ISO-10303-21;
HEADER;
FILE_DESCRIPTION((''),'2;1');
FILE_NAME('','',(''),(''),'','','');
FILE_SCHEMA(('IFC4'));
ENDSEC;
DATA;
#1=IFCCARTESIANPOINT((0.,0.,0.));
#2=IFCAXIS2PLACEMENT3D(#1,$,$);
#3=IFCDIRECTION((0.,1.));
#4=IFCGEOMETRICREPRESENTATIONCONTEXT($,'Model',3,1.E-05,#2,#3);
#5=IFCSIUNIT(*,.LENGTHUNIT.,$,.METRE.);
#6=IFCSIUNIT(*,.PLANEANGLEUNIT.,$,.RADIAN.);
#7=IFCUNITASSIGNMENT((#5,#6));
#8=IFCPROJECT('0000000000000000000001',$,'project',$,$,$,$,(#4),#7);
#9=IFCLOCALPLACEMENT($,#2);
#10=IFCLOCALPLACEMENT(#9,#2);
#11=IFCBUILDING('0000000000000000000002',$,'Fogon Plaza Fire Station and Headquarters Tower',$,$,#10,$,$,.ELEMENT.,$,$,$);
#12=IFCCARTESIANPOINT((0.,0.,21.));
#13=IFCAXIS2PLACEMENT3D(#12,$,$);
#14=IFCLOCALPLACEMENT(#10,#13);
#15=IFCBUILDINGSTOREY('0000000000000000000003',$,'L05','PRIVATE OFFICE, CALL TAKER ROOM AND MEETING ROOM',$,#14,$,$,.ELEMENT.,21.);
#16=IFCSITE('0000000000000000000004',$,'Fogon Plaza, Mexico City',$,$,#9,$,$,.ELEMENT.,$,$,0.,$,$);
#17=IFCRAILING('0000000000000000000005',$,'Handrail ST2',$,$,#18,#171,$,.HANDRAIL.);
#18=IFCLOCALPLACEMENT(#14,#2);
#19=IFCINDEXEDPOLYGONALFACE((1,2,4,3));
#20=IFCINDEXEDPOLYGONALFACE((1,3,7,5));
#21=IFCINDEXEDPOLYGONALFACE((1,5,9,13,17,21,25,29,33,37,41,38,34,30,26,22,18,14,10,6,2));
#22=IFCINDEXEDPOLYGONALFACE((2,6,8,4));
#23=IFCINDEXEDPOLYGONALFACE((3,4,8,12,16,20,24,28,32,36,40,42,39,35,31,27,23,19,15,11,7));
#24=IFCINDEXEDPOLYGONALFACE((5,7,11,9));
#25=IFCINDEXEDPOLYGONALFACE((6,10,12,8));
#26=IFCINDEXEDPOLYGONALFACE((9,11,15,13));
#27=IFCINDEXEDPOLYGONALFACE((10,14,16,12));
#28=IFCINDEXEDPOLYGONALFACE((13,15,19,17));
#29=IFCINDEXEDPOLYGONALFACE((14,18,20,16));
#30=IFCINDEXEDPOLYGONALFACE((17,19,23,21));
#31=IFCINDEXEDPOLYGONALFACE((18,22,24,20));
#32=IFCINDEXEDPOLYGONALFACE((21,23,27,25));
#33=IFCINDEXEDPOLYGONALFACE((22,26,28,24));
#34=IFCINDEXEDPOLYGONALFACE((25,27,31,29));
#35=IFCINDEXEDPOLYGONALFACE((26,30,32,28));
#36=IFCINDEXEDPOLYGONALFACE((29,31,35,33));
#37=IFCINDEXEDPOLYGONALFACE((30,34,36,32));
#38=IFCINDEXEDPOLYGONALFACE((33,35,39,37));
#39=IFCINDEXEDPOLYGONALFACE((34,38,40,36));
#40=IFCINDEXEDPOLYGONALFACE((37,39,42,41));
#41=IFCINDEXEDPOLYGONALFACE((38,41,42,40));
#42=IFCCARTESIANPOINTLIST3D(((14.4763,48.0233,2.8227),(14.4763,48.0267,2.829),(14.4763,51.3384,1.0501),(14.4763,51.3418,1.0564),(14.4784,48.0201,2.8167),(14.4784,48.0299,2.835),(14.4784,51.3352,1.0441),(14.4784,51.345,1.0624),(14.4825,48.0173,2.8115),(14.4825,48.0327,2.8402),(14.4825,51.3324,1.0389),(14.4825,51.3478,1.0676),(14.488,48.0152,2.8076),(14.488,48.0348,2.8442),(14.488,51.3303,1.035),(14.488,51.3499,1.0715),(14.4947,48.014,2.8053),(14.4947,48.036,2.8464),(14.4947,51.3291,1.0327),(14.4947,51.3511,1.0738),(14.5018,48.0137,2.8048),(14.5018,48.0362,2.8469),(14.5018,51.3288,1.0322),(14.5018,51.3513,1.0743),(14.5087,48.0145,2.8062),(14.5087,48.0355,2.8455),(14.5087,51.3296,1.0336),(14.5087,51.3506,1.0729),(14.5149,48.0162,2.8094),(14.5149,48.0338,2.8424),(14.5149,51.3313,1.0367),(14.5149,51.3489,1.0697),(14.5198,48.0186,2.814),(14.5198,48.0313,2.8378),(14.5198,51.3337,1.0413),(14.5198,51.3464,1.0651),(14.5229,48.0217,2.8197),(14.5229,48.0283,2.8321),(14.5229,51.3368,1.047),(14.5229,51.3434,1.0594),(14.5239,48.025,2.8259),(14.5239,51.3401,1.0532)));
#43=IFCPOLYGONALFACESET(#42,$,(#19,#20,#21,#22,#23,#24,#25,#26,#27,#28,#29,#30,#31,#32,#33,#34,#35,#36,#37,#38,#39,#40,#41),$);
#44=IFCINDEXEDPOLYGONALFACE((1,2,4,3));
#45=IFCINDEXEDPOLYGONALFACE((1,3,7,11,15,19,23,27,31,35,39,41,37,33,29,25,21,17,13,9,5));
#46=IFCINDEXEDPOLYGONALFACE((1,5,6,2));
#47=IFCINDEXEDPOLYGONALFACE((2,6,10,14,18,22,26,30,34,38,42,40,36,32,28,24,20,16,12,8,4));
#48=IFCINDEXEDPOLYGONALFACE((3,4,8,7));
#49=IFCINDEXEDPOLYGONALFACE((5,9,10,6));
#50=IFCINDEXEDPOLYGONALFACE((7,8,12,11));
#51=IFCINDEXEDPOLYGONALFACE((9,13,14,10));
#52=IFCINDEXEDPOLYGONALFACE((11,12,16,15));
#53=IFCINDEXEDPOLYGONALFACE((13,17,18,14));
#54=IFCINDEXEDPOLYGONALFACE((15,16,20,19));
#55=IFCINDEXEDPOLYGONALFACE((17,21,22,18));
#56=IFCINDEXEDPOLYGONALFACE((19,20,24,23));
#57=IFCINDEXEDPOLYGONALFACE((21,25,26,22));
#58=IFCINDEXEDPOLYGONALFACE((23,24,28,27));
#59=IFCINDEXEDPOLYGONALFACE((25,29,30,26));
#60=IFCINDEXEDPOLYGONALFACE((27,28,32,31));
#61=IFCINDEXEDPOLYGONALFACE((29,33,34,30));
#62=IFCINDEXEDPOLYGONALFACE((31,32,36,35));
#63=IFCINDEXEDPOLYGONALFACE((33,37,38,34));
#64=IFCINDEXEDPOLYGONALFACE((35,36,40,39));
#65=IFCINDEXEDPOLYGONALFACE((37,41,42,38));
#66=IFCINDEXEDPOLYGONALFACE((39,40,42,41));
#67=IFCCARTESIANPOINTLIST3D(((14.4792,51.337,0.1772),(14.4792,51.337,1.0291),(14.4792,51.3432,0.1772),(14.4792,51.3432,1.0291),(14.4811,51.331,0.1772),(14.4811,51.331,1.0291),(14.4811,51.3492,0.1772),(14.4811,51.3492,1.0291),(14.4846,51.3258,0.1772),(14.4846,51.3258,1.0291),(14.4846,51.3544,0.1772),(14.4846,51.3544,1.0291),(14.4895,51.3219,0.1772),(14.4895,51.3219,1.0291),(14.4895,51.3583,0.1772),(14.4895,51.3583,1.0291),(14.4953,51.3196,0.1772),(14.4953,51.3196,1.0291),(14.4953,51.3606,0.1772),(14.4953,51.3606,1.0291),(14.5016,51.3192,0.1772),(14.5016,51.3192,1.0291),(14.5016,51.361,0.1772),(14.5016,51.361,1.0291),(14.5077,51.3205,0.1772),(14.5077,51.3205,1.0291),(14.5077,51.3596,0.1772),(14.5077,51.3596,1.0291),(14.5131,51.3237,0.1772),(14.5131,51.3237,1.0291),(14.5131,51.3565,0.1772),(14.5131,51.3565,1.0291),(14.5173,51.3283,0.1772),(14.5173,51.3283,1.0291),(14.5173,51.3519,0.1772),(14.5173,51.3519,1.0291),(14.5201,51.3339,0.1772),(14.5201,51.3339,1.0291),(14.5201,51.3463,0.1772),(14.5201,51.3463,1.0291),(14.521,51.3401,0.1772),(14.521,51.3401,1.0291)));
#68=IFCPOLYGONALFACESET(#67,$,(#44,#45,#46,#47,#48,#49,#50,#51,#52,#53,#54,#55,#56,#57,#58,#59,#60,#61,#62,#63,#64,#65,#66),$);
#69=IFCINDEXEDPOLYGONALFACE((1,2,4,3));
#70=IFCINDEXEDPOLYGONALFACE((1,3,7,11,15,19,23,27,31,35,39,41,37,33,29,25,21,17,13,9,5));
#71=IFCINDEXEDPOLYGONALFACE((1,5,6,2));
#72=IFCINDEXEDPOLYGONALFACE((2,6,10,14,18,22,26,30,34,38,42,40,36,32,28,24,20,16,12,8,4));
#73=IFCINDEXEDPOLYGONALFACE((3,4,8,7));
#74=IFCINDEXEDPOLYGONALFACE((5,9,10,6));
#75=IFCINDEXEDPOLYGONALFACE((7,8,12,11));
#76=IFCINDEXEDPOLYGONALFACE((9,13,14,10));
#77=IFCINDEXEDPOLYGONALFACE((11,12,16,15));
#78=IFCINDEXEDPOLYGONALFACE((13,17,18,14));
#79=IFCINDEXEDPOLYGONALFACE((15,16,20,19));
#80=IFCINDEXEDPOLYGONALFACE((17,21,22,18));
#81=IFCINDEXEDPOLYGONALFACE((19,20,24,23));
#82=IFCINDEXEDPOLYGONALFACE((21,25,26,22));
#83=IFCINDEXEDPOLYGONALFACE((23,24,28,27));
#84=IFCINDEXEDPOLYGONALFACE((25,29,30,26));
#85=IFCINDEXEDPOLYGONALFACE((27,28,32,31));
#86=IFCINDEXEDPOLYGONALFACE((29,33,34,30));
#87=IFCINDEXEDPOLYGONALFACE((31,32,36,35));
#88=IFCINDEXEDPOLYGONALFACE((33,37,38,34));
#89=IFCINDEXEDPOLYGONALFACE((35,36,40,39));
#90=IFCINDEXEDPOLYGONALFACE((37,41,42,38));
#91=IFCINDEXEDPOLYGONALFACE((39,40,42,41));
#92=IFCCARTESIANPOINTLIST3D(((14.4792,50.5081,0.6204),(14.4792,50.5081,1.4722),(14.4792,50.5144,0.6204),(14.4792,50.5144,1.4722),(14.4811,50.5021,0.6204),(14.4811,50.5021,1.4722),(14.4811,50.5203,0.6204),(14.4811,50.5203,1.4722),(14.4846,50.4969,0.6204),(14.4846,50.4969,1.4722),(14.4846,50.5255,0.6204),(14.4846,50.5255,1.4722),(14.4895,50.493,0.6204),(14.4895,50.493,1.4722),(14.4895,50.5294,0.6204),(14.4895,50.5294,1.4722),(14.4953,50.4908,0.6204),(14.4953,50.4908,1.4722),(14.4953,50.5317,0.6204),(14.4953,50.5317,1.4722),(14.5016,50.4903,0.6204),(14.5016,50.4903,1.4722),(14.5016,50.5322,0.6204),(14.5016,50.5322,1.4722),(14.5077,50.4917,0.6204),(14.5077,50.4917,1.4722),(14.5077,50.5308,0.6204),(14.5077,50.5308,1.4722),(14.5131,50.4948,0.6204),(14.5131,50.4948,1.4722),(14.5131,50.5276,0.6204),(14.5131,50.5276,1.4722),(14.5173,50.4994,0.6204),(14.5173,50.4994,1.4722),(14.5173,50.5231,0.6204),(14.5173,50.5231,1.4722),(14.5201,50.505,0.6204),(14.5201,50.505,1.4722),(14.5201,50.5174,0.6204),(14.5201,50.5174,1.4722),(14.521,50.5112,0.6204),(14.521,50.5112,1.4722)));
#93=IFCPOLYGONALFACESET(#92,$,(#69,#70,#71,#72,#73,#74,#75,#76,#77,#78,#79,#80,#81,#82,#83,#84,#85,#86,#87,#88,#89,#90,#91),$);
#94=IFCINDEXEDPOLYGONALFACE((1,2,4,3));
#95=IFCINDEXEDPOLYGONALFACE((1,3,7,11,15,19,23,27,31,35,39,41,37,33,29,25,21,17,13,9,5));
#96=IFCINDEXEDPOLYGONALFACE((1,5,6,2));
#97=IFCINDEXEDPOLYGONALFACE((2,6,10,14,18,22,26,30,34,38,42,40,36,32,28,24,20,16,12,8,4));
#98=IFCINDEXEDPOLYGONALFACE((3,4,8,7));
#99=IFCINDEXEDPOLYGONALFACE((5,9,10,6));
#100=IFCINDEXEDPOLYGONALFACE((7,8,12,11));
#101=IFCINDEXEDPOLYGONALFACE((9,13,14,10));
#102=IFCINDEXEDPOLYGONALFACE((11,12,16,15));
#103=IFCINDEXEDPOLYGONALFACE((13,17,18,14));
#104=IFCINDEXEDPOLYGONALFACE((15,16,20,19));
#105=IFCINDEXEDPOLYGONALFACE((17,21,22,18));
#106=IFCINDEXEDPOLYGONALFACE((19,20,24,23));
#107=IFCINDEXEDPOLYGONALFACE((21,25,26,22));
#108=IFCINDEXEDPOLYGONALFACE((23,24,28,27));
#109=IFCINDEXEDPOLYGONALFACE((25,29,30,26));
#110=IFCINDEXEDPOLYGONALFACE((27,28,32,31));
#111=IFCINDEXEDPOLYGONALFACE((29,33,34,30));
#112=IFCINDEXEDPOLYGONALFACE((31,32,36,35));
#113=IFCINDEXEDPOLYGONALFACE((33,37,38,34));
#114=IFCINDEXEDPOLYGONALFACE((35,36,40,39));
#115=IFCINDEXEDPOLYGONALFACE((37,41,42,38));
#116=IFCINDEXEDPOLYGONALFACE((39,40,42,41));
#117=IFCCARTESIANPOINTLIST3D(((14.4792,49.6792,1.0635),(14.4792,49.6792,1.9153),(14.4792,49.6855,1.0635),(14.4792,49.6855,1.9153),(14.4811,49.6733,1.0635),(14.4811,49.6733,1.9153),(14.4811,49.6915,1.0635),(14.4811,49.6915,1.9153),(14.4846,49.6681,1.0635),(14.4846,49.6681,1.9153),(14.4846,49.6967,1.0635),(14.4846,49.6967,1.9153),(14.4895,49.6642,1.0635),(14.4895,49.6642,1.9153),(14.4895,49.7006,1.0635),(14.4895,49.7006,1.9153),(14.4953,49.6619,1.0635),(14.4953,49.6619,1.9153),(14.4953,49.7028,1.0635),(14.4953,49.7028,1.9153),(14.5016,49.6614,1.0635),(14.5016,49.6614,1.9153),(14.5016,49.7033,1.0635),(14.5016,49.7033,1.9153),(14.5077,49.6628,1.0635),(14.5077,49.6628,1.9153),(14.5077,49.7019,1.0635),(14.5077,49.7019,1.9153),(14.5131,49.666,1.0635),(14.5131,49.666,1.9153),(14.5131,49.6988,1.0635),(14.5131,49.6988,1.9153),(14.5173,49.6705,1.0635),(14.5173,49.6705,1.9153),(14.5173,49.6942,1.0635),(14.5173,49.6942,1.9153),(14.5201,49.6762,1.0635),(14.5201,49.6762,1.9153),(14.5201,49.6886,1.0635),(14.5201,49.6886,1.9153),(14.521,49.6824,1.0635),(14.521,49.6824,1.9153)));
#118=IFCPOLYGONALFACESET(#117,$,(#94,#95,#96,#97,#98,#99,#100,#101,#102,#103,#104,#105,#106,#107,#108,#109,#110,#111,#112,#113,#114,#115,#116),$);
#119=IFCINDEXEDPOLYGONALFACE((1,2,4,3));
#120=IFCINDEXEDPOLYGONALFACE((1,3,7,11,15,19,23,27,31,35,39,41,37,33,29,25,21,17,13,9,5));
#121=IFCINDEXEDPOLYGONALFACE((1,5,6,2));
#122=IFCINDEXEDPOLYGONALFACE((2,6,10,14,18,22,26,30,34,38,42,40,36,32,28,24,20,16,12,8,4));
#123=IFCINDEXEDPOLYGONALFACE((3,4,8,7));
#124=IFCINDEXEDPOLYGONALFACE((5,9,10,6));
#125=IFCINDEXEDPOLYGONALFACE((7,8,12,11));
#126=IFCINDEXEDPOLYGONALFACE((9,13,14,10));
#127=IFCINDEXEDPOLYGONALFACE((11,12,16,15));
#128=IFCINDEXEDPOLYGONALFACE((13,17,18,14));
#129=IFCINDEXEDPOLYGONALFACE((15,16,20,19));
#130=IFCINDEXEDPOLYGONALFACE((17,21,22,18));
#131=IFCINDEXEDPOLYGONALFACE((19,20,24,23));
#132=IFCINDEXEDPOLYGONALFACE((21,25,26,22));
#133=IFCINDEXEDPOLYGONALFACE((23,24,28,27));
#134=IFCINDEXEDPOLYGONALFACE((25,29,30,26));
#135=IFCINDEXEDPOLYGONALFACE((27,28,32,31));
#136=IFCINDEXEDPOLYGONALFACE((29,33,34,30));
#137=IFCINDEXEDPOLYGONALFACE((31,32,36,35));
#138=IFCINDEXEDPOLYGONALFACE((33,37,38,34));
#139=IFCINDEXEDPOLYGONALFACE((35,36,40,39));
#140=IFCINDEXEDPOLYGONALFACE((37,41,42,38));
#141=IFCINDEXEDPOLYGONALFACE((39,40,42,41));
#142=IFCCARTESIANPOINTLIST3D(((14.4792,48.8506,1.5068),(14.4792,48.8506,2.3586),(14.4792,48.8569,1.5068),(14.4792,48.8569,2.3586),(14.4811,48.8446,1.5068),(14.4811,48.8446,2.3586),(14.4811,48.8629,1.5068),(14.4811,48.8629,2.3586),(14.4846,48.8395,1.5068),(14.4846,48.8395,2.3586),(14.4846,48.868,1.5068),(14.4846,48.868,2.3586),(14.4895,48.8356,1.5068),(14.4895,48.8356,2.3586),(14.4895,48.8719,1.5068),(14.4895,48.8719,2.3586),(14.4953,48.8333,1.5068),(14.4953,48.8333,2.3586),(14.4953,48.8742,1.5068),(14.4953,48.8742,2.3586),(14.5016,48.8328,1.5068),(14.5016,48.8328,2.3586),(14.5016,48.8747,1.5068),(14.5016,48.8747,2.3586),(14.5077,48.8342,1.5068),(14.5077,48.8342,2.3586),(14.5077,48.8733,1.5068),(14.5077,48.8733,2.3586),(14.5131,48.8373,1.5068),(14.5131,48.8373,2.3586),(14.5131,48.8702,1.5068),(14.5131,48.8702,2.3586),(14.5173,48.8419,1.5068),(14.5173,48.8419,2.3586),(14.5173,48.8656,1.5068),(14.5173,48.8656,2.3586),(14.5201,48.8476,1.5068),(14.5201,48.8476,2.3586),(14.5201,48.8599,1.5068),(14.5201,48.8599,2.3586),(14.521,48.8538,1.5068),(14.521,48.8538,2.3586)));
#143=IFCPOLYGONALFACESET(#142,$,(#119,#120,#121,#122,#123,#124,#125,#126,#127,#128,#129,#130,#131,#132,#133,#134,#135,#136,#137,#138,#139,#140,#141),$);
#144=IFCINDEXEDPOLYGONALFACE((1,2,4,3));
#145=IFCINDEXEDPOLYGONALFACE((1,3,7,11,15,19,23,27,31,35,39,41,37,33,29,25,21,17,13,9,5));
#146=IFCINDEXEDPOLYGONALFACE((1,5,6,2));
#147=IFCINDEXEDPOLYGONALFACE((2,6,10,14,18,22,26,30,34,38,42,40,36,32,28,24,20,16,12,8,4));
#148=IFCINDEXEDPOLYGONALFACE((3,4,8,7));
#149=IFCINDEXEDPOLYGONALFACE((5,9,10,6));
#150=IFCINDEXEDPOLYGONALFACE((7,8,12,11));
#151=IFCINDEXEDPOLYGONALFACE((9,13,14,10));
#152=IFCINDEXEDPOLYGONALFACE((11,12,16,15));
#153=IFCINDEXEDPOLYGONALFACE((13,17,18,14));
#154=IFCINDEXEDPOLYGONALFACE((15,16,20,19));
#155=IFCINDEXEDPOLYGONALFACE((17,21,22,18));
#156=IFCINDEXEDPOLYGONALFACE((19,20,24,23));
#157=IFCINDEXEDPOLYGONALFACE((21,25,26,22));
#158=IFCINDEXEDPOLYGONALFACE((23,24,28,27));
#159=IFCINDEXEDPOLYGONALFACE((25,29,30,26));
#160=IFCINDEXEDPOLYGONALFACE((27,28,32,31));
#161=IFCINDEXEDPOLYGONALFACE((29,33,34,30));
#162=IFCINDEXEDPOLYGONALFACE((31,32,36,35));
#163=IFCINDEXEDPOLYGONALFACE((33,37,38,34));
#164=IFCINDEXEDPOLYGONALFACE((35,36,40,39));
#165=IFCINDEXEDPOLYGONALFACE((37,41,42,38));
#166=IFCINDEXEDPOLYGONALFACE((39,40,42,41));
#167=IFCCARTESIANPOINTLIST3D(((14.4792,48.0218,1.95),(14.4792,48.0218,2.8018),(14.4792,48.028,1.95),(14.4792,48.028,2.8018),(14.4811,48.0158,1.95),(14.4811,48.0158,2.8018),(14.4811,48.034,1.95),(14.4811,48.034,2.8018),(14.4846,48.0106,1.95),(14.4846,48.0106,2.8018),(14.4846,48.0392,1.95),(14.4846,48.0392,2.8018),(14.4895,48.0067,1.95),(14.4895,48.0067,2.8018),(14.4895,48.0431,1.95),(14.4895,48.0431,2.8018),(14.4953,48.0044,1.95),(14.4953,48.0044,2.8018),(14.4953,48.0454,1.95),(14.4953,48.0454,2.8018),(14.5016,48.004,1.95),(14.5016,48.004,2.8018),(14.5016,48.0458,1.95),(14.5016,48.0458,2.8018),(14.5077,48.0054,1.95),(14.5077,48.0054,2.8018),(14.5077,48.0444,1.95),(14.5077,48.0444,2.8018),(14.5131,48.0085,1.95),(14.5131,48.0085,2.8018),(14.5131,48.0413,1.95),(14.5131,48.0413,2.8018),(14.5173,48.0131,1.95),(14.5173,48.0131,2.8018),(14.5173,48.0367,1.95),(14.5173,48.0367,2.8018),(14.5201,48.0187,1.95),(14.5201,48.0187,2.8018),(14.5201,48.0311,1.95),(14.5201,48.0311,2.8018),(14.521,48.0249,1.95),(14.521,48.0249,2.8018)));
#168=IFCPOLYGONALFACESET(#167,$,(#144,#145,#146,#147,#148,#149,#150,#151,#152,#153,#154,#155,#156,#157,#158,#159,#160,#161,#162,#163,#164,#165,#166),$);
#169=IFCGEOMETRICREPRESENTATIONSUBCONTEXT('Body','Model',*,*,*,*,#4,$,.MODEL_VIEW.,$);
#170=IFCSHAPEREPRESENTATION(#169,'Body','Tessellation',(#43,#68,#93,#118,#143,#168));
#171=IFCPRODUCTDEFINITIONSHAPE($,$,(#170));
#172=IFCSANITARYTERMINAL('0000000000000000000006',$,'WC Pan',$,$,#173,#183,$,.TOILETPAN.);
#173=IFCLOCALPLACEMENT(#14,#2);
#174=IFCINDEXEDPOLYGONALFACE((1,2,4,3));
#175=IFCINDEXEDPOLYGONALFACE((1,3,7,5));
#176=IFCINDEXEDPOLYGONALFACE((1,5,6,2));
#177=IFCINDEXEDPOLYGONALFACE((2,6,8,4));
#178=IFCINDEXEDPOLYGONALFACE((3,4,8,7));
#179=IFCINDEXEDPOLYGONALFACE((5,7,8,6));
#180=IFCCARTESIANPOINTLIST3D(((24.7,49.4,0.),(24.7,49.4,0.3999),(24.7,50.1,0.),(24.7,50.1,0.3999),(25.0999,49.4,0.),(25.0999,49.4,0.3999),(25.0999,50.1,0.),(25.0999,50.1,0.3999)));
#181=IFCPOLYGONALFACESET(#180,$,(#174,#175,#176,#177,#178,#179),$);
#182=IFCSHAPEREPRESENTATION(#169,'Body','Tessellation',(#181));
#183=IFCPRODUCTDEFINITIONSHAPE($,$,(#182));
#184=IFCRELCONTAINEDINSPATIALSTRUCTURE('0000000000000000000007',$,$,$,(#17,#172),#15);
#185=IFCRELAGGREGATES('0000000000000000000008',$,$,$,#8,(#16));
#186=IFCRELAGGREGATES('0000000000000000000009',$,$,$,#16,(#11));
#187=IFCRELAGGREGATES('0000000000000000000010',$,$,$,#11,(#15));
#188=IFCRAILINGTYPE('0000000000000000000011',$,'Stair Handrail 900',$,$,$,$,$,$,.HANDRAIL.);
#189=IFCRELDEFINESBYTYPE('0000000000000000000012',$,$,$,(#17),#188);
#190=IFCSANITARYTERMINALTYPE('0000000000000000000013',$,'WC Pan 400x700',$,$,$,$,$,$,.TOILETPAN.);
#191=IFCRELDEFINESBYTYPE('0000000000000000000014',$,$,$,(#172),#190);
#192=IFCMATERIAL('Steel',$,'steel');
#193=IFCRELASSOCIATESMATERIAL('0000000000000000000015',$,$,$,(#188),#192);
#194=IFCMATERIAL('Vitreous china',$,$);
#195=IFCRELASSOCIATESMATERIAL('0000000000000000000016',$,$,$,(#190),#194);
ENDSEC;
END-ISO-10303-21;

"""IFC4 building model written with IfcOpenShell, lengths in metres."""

from ifc_helpers import new_model, si_unit, direction, frame, origin, origin_2d, place, context, subcontext, project, spatial, rectangle, circle, extrude, material, type_object, element, save


model = new_model("IFC4")

# Units and contexts
model_context = context("Model", 3, precision=1e-05, world=origin(), true_north=direction((0.0, 1.0)))
body_context = subcontext(model_context, "Body", "Model", "MODEL_VIEW")
ifc_project = project(units=[si_unit("LENGTHUNIT", "METRE"), si_unit("PLANEANGLEUNIT", "RADIAN")], contexts=[model_context])

# Site, building, storey
site_placement = place(None, origin())
site = spatial("IfcSite", under=ifc_project, at=site_placement, Name="Fogon Plaza, Mexico City", CompositionType="ELEMENT", RefElevation=0.0)
building_placement = place(site_placement, origin())
building = spatial("IfcBuilding", under=site, at=building_placement, Name="Fogon Plaza Fire Station and Headquarters Tower", CompositionType="ELEMENT")
storey_placement = place(building_placement, frame((0.0, 0.0, 21.0)))
storey = spatial("IfcBuildingStorey", under=building, at=storey_placement, Name="L05", Description="PRIVATE OFFICE, CALL TAKER ROOM AND MEETING ROOM", CompositionType="ELEMENT", Elevation=21.0)

# Railing
ifc_material_1 = material(Name="Steel", Category="steel")
railing_type = type_object("IfcRailingType", Name="Stair Handrail 900", PredefinedType="HANDRAIL", material=ifc_material_1)
for number, where, name in (
    (1, (14.5, 51.3401, 0.1772), "Handrail ST2"),
):
    element("IfcRailing", number, at=place(storey_placement, frame(where)), inside=storey, type_object=railing_type, Name=name, PredefinedType="HANDRAIL", context=body_context, shape_type="SweptSolid", body=[
        extrude(circle(Radius=0.0239, at=origin_2d()), frame((0.0, 0.0, 0.876), z_axis=(0.0, -0.881844, 0.471542), x_axis=(1.0, 0.0, 0.0)), (0.0, 0.0, 1.0), 3.7593),
        extrude(circle(Radius=0.021, at=origin_2d()), origin(), (0.0, 0.0, 1.0), 0.8518),
        extrude(circle(Radius=0.021, at=origin_2d()), frame((0.0, -0.8289, 0.4431)), (0.0, 0.0, 1.0), 0.8518),
        extrude(circle(Radius=0.021, at=origin_2d()), frame((0.0, -1.6577, 0.8862)), (0.0, 0.0, 1.0), 0.8518),
        extrude(circle(Radius=0.021, at=origin_2d()), frame((0.0, -2.4863, 1.3296)), (0.0, 0.0, 1.0), 0.8518),
        extrude(circle(Radius=0.021, at=origin_2d()), frame((0.0, -3.3152, 1.7727)), (0.0, 0.0, 1.0), 0.8518),
    ])

# Sanitary terminal
ifc_material_2 = material(Name="Vitreous china")
sanitary_terminal_type = type_object("IfcSanitaryTerminalType", Name="WC Pan 400x700", PredefinedType="TOILETPAN", material=ifc_material_2)
sanitary_terminal_placement = place(storey_placement, frame((24.8999, 49.75, 0.0), z_axis=(0.0, 0.0, 1.0), x_axis=(1.0, 0.0, 0.0)))
element("IfcSanitaryTerminal", 2, at=sanitary_terminal_placement, inside=storey, type_object=sanitary_terminal_type, Name="WC Pan", PredefinedType="TOILETPAN", context=body_context, shape_type="SweptSolid", body=[
    extrude(rectangle(XDim=0.3999, YDim=0.7, at=origin_2d()), origin(), (0.0, 0.0, 1.0), 0.3999),
])

save(model, "model.ifc")
